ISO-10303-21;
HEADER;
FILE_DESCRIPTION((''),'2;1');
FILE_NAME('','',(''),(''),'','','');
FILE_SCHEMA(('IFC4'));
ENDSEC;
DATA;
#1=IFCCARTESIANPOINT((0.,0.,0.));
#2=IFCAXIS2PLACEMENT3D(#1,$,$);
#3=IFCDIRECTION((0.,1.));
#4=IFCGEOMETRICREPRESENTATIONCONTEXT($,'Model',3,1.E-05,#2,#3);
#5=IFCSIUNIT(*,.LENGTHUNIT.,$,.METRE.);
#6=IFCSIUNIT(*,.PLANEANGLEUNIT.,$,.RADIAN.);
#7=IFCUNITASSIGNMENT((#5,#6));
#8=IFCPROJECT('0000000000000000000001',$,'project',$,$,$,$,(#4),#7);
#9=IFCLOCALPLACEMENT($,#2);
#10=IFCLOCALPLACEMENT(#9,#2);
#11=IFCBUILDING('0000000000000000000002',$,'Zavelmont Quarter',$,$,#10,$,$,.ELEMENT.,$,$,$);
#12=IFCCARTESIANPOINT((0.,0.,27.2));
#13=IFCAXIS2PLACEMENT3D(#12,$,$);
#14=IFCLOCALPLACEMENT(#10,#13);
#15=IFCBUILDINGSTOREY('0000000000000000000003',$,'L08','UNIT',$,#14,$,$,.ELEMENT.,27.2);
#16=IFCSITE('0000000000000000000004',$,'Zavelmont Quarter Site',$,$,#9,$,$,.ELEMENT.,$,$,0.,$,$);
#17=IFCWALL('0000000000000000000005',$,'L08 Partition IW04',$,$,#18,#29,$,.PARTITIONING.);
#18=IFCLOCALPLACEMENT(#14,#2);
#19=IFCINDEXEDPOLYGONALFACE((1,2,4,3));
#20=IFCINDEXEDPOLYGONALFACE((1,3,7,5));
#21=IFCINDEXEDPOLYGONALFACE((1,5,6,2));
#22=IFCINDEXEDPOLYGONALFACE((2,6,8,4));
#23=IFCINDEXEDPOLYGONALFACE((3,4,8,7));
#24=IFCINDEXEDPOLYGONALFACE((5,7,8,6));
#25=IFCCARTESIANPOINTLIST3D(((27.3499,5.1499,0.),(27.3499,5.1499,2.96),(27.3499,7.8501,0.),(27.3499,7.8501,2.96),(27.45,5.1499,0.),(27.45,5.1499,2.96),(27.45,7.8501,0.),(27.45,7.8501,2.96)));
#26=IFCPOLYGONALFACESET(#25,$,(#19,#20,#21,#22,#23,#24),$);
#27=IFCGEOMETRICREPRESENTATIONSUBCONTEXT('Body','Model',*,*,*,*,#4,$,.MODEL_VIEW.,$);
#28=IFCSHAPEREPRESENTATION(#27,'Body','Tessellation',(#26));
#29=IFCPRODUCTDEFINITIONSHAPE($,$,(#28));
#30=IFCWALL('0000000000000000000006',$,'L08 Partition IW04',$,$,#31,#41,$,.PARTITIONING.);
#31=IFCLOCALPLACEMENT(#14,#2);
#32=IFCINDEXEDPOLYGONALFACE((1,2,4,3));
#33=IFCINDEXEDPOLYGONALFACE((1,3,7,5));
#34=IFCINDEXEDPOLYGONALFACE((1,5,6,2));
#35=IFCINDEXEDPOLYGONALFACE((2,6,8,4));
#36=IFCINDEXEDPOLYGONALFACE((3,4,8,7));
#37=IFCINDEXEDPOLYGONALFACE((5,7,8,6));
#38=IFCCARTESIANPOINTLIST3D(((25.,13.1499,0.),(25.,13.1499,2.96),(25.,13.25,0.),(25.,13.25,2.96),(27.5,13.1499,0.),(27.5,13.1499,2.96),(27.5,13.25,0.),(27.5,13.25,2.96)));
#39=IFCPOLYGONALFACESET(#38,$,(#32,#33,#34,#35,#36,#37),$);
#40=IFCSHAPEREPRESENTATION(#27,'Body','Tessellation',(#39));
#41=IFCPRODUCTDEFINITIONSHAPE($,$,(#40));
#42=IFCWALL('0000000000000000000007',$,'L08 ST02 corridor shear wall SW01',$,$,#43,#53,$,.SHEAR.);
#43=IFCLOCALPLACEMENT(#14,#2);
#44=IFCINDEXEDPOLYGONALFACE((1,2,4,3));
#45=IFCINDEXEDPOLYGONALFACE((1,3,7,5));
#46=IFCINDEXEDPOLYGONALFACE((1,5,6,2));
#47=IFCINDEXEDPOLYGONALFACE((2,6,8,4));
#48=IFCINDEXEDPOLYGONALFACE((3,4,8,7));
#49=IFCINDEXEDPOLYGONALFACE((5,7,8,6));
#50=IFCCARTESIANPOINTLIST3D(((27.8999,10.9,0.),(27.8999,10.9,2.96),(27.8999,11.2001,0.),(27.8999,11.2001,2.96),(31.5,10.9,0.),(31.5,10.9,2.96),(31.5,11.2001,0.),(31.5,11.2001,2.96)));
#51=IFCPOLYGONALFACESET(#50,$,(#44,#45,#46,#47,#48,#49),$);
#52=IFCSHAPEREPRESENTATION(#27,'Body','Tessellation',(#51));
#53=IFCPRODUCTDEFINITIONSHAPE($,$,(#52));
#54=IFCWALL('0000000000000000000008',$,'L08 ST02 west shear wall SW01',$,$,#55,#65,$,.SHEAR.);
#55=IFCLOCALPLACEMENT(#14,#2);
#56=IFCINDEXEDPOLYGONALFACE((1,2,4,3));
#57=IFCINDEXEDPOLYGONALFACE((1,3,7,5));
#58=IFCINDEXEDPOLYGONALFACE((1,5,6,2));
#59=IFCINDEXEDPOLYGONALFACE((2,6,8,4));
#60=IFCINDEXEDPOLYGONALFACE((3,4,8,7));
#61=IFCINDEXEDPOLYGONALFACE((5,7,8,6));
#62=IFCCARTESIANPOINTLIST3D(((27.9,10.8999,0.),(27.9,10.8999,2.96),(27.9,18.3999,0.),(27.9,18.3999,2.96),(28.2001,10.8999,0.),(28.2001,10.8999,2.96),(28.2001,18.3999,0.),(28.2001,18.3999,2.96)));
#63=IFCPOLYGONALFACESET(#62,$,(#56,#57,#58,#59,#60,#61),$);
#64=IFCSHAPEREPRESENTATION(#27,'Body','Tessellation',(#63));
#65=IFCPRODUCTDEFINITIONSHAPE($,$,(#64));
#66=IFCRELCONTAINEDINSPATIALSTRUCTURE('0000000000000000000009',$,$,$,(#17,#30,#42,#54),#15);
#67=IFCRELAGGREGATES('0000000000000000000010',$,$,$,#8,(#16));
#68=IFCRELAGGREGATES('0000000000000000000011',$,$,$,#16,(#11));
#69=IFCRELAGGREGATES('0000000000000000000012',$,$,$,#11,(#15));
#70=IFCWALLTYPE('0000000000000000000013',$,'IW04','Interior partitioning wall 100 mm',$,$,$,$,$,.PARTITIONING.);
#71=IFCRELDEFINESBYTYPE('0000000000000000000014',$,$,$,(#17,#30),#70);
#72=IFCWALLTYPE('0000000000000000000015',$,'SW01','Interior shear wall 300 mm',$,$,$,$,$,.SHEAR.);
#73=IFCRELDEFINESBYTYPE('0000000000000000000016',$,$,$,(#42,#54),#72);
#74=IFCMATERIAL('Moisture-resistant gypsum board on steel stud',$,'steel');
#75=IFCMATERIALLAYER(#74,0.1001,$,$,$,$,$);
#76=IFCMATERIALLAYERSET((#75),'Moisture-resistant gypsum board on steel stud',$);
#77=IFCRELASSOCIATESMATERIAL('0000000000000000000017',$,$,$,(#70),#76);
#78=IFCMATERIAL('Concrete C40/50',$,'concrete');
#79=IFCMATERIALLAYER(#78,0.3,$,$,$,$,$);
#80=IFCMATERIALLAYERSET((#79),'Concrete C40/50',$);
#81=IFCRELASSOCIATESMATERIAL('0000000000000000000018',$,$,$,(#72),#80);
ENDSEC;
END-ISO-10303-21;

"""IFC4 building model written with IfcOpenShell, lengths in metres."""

from ifc_helpers import new_model, si_unit, direction, frame, frame_2d, origin, place, context, subcontext, project, spatial, rectangle, extrude, material, layer, layer_set, type_object, element, save


model = new_model("IFC4")

# Units and contexts
model_context = context("Model", 3, precision=1e-05, world=origin(), true_north=direction((0.0, 1.0)))
body_context = subcontext(model_context, "Body", "Model", "MODEL_VIEW")
ifc_project = project(units=[si_unit("LENGTHUNIT", "METRE"), si_unit("PLANEANGLEUNIT", "RADIAN")], contexts=[model_context])

# Site, building, storey
site_placement = place(None, origin())
site = spatial("IfcSite", under=ifc_project, at=site_placement, Name="Zavelmont Quarter Site", CompositionType="ELEMENT", RefElevation=0.0)
building_placement = place(site_placement, origin())
building = spatial("IfcBuilding", under=site, at=building_placement, Name="Zavelmont Quarter", CompositionType="ELEMENT")
storey_placement = place(building_placement, frame((0.0, 0.0, 27.2)))
storey = spatial("IfcBuildingStorey", under=building, at=storey_placement, Name="L08", Description="UNIT", CompositionType="ELEMENT", Elevation=27.2)

# Shared definitions
ifc_material_1 = material(Name="Concrete C40/50", Category="concrete")

# Walls
ifc_material_2 = material(Name="Moisture-resistant gypsum board on steel stud", Category="steel")
ifc_layer_1 = layer(ifc_material_2, 0.1001)
ifc_layer_set_1 = layer_set([ifc_layer_1], Name="Moisture-resistant gypsum board on steel stud")
wall_type_1 = type_object("IfcWallType", Name="IW04", Description="Interior partitioning wall 100 mm", PredefinedType="PARTITIONING", material=ifc_layer_set_1)
for number, where, z_axis, x_axis, name in (
    (1, (27.3999, 7.8501, 0.0), (0.0, 0.0, 1.0), (0.0, -1.0, 0.0), "L08 Partition IW04"),
):
    element("IfcWall", number, at=place(storey_placement, frame(where, z_axis=z_axis, x_axis=x_axis)), inside=storey, type_object=wall_type_1, Name=name, PredefinedType="PARTITIONING", context=body_context, shape_type="SweptSolid", body=[
        extrude(rectangle(XDim=2.7002, YDim=0.1001, at=frame_2d((1.3501, 0.0))), origin(), (0.0, 0.0, 1.0), 2.96),
    ])
wall_1_placement = place(storey_placement, frame((25.0, 13.2, 0.0), z_axis=(0.0, 0.0, 1.0), x_axis=(1.0, 0.0, 0.0)))
element("IfcWall", 2, at=wall_1_placement, inside=storey, type_object=wall_type_1, Name="L08 Partition IW04", PredefinedType="PARTITIONING", context=body_context, shape_type="SweptSolid", body=[
    extrude(rectangle(XDim=2.5, YDim=0.1001, at=frame_2d((1.25, 0.0))), origin(), (0.0, 0.0, 1.0), 2.96),
])
ifc_layer_2 = layer(ifc_material_1, 0.3)
ifc_layer_set_2 = layer_set([ifc_layer_2], Name="Concrete C40/50")
wall_type_2 = type_object("IfcWallType", Name="SW01", Description="Interior shear wall 300 mm", PredefinedType="SHEAR", material=ifc_layer_set_2)
wall_2_placement = place(storey_placement, frame((27.8999, 11.05, 0.0), z_axis=(0.0, 0.0, 1.0), x_axis=(1.0, 0.0, 0.0)))
element("IfcWall", 3, at=wall_2_placement, inside=storey, type_object=wall_type_2, Name="L08 ST02 corridor shear wall SW01", PredefinedType="SHEAR", context=body_context, shape_type="SweptSolid", body=[
    extrude(rectangle(XDim=3.6001, YDim=0.3, at=frame_2d((1.8, 0.0))), origin(), (0.0, 0.0, 1.0), 2.96),
])
wall_3_placement = place(storey_placement, frame((28.05, 10.8999, 0.0), z_axis=(0.0, 0.0, 1.0), x_axis=(0.0, 1.0, 0.0)))
element("IfcWall", 4, at=wall_3_placement, inside=storey, type_object=wall_type_2, Name="L08 ST02 west shear wall SW01", PredefinedType="SHEAR", context=body_context, shape_type="SweptSolid", body=[
    extrude(rectangle(XDim=7.5, YDim=0.3, at=frame_2d((3.75, 0.0))), origin(), (0.0, 0.0, 1.0), 2.96),
])

save(model, "model.ifc")
